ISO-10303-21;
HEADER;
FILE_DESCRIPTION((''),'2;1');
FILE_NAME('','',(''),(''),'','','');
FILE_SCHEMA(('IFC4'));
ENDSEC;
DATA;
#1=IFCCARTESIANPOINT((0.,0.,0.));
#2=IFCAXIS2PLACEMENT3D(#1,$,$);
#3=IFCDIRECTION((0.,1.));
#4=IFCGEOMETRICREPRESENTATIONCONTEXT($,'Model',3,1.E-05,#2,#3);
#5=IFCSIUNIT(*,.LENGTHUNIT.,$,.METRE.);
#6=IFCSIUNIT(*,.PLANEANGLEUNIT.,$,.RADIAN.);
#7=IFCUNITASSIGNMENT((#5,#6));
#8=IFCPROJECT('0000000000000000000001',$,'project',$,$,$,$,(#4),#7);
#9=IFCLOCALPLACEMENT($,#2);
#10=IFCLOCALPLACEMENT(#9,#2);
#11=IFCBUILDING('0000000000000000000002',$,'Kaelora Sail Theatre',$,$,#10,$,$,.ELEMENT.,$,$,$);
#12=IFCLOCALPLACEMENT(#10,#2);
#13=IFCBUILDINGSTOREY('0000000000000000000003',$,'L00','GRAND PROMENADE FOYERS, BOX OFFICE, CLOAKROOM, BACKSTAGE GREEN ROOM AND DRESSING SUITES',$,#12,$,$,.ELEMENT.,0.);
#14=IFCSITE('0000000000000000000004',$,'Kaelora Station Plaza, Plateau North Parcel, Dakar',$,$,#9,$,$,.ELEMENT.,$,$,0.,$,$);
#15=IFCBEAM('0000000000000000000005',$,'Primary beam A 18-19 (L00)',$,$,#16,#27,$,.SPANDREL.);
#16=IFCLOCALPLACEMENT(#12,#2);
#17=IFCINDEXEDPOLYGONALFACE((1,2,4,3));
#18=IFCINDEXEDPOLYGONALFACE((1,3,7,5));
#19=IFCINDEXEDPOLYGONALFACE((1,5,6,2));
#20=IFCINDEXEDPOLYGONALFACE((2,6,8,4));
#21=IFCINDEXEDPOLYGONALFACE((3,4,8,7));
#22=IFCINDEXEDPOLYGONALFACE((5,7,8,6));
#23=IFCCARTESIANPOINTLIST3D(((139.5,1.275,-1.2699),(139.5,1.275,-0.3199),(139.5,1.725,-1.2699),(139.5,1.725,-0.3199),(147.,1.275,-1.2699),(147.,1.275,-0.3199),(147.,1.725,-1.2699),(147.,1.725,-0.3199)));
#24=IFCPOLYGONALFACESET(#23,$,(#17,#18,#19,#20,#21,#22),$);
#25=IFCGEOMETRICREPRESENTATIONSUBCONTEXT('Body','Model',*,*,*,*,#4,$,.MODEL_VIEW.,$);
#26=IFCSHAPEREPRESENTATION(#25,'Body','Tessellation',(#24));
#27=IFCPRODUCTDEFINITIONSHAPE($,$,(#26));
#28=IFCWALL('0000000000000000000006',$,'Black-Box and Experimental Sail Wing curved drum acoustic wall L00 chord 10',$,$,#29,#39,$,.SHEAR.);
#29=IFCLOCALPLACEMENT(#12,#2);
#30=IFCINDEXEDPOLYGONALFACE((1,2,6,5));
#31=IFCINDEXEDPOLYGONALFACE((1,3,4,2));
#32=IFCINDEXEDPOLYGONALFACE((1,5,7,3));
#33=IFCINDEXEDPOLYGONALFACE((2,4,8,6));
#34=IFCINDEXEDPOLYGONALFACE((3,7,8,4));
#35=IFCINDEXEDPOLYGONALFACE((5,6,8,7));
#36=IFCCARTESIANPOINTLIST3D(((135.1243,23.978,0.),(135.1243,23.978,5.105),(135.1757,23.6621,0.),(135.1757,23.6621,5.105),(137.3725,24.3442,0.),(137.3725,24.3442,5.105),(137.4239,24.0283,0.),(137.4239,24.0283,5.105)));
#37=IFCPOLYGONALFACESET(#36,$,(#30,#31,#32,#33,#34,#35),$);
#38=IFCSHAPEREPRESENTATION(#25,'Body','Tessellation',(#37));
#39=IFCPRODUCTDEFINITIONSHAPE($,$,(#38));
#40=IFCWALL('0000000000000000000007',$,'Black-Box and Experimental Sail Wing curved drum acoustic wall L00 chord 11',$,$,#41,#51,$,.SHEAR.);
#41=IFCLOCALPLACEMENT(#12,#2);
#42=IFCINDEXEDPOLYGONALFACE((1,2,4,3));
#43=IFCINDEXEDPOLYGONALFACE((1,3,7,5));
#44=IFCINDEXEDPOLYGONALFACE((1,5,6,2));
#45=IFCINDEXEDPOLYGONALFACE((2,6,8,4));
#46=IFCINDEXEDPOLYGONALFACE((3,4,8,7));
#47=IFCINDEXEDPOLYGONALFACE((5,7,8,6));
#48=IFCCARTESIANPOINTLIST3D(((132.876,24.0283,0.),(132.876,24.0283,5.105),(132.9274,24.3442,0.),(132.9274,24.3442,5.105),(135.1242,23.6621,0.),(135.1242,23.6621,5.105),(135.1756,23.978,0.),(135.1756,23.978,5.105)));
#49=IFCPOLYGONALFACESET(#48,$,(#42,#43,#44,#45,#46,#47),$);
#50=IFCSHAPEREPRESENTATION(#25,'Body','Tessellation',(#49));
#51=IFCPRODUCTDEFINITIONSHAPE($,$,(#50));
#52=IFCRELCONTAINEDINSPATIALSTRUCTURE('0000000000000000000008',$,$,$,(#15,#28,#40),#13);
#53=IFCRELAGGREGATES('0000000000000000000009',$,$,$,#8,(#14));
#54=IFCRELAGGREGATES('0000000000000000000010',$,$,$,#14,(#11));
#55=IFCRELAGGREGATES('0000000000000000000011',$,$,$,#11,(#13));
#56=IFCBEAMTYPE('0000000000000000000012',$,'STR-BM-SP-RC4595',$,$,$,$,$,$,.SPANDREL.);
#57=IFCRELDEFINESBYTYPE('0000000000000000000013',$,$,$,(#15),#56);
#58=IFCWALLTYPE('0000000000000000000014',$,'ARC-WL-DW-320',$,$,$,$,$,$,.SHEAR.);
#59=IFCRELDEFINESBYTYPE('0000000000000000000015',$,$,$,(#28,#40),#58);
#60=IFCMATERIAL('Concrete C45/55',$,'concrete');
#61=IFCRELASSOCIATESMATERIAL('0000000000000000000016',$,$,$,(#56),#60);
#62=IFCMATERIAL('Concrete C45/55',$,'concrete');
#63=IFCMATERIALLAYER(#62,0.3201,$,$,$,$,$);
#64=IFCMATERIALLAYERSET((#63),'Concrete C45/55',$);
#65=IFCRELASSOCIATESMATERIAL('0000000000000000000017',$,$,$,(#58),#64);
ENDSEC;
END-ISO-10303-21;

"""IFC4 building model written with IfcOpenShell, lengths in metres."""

from ifc_helpers import new_model, si_unit, direction, frame, frame_2d, origin, origin_2d, place, context, subcontext, project, spatial, rectangle, extrude, material, layer, layer_set, material_profile, profile_set, type_object, element, save


model = new_model("IFC4")

# Units and contexts
model_context = context("Model", 3, precision=1e-05, world=origin(), true_north=direction((0.0, 1.0)))
body_context = subcontext(model_context, "Body", "Model", "MODEL_VIEW")
ifc_project = project(units=[si_unit("LENGTHUNIT", "METRE"), si_unit("PLANEANGLEUNIT", "RADIAN")], contexts=[model_context])

# Site, building, storey
site_placement = place(None, origin())
site = spatial("IfcSite", under=ifc_project, at=site_placement, Name="Kaelora Station Plaza, Plateau North Parcel, Dakar", CompositionType="ELEMENT", RefElevation=0.0)
building_placement = place(site_placement, origin())
building = spatial("IfcBuilding", under=site, at=building_placement, Name="Kaelora Sail Theatre", CompositionType="ELEMENT")
storey_placement = place(building_placement, origin())
storey = spatial("IfcBuildingStorey", under=building, at=storey_placement, Name="L00", Description="GRAND PROMENADE FOYERS, BOX OFFICE, CLOAKROOM, BACKSTAGE GREEN ROOM AND DRESSING SUITES", CompositionType="ELEMENT", Elevation=0.0)

# Beam
ifc_material_1 = material(Name="Concrete C45/55", Category="concrete")
ifc_material_profile_1 = material_profile(ifc_material_1, rectangle(XDim=0.45, YDim=0.95, at=origin_2d()), Name="RC-SPN 450x950")
ifc_profile_set_1 = profile_set([ifc_material_profile_1], Name="Concrete C45/55")
beam_type_1 = type_object("IfcBeamType", Name="STR-BM-SP-RC4595", PredefinedType="SPANDREL", material=ifc_profile_set_1)
beam_1_placement = place(storey_placement, frame((139.5, 1.5, -0.7949), z_axis=(1.0, 0.0, 0.0), x_axis=(0.0, 1.0, 0.0)))
element("IfcBeam", 1, at=beam_1_placement, inside=storey, type_object=beam_type_1, Name="Primary beam A 18-19 (L00)", PredefinedType="SPANDREL", context=body_context, shape_type="SweptSolid", body=[
    extrude(rectangle(XDim=0.45, YDim=0.95, at=origin_2d()), origin(), (0.0, 0.0, 1.0), 7.5),
])

# Walls
ifc_material_2 = material(Name="Concrete C45/55", Category="concrete")
ifc_layer = layer(ifc_material_2, 0.3201)
ifc_layer_set = layer_set([ifc_layer], Name="Concrete C45/55")
wall_type = type_object("IfcWallType", Name="ARC-WL-DW-320", PredefinedType="SHEAR", material=ifc_layer_set)
for number, where, z_axis, x_axis, name in (
    (2, (137.3982, 24.1863, 0.0), (0.0, 0.0, 1.0), (-0.986993, -0.160765, 0.0), "Black-Box and Experimental Sail Wing curved drum acoustic wall L00 chord 10"),
    (3, (135.1499, 23.8201, 0.0), (0.0, 0.0, 1.0), (-0.986993, 0.160765, 0.0), "Black-Box and Experimental Sail Wing curved drum acoustic wall L00 chord 11"),
):
    element("IfcWall", number, at=place(storey_placement, frame(where, z_axis=z_axis, x_axis=x_axis)), inside=storey, type_object=wall_type, Name=name, PredefinedType="SHEAR", context=body_context, shape_type="SweptSolid", body=[
        extrude(rectangle(XDim=2.2778, YDim=0.3201, at=frame_2d((1.1389, 0.0))), origin(), (0.0, 0.0, 1.0), 5.105),
    ])

save(model, "model.ifc")
